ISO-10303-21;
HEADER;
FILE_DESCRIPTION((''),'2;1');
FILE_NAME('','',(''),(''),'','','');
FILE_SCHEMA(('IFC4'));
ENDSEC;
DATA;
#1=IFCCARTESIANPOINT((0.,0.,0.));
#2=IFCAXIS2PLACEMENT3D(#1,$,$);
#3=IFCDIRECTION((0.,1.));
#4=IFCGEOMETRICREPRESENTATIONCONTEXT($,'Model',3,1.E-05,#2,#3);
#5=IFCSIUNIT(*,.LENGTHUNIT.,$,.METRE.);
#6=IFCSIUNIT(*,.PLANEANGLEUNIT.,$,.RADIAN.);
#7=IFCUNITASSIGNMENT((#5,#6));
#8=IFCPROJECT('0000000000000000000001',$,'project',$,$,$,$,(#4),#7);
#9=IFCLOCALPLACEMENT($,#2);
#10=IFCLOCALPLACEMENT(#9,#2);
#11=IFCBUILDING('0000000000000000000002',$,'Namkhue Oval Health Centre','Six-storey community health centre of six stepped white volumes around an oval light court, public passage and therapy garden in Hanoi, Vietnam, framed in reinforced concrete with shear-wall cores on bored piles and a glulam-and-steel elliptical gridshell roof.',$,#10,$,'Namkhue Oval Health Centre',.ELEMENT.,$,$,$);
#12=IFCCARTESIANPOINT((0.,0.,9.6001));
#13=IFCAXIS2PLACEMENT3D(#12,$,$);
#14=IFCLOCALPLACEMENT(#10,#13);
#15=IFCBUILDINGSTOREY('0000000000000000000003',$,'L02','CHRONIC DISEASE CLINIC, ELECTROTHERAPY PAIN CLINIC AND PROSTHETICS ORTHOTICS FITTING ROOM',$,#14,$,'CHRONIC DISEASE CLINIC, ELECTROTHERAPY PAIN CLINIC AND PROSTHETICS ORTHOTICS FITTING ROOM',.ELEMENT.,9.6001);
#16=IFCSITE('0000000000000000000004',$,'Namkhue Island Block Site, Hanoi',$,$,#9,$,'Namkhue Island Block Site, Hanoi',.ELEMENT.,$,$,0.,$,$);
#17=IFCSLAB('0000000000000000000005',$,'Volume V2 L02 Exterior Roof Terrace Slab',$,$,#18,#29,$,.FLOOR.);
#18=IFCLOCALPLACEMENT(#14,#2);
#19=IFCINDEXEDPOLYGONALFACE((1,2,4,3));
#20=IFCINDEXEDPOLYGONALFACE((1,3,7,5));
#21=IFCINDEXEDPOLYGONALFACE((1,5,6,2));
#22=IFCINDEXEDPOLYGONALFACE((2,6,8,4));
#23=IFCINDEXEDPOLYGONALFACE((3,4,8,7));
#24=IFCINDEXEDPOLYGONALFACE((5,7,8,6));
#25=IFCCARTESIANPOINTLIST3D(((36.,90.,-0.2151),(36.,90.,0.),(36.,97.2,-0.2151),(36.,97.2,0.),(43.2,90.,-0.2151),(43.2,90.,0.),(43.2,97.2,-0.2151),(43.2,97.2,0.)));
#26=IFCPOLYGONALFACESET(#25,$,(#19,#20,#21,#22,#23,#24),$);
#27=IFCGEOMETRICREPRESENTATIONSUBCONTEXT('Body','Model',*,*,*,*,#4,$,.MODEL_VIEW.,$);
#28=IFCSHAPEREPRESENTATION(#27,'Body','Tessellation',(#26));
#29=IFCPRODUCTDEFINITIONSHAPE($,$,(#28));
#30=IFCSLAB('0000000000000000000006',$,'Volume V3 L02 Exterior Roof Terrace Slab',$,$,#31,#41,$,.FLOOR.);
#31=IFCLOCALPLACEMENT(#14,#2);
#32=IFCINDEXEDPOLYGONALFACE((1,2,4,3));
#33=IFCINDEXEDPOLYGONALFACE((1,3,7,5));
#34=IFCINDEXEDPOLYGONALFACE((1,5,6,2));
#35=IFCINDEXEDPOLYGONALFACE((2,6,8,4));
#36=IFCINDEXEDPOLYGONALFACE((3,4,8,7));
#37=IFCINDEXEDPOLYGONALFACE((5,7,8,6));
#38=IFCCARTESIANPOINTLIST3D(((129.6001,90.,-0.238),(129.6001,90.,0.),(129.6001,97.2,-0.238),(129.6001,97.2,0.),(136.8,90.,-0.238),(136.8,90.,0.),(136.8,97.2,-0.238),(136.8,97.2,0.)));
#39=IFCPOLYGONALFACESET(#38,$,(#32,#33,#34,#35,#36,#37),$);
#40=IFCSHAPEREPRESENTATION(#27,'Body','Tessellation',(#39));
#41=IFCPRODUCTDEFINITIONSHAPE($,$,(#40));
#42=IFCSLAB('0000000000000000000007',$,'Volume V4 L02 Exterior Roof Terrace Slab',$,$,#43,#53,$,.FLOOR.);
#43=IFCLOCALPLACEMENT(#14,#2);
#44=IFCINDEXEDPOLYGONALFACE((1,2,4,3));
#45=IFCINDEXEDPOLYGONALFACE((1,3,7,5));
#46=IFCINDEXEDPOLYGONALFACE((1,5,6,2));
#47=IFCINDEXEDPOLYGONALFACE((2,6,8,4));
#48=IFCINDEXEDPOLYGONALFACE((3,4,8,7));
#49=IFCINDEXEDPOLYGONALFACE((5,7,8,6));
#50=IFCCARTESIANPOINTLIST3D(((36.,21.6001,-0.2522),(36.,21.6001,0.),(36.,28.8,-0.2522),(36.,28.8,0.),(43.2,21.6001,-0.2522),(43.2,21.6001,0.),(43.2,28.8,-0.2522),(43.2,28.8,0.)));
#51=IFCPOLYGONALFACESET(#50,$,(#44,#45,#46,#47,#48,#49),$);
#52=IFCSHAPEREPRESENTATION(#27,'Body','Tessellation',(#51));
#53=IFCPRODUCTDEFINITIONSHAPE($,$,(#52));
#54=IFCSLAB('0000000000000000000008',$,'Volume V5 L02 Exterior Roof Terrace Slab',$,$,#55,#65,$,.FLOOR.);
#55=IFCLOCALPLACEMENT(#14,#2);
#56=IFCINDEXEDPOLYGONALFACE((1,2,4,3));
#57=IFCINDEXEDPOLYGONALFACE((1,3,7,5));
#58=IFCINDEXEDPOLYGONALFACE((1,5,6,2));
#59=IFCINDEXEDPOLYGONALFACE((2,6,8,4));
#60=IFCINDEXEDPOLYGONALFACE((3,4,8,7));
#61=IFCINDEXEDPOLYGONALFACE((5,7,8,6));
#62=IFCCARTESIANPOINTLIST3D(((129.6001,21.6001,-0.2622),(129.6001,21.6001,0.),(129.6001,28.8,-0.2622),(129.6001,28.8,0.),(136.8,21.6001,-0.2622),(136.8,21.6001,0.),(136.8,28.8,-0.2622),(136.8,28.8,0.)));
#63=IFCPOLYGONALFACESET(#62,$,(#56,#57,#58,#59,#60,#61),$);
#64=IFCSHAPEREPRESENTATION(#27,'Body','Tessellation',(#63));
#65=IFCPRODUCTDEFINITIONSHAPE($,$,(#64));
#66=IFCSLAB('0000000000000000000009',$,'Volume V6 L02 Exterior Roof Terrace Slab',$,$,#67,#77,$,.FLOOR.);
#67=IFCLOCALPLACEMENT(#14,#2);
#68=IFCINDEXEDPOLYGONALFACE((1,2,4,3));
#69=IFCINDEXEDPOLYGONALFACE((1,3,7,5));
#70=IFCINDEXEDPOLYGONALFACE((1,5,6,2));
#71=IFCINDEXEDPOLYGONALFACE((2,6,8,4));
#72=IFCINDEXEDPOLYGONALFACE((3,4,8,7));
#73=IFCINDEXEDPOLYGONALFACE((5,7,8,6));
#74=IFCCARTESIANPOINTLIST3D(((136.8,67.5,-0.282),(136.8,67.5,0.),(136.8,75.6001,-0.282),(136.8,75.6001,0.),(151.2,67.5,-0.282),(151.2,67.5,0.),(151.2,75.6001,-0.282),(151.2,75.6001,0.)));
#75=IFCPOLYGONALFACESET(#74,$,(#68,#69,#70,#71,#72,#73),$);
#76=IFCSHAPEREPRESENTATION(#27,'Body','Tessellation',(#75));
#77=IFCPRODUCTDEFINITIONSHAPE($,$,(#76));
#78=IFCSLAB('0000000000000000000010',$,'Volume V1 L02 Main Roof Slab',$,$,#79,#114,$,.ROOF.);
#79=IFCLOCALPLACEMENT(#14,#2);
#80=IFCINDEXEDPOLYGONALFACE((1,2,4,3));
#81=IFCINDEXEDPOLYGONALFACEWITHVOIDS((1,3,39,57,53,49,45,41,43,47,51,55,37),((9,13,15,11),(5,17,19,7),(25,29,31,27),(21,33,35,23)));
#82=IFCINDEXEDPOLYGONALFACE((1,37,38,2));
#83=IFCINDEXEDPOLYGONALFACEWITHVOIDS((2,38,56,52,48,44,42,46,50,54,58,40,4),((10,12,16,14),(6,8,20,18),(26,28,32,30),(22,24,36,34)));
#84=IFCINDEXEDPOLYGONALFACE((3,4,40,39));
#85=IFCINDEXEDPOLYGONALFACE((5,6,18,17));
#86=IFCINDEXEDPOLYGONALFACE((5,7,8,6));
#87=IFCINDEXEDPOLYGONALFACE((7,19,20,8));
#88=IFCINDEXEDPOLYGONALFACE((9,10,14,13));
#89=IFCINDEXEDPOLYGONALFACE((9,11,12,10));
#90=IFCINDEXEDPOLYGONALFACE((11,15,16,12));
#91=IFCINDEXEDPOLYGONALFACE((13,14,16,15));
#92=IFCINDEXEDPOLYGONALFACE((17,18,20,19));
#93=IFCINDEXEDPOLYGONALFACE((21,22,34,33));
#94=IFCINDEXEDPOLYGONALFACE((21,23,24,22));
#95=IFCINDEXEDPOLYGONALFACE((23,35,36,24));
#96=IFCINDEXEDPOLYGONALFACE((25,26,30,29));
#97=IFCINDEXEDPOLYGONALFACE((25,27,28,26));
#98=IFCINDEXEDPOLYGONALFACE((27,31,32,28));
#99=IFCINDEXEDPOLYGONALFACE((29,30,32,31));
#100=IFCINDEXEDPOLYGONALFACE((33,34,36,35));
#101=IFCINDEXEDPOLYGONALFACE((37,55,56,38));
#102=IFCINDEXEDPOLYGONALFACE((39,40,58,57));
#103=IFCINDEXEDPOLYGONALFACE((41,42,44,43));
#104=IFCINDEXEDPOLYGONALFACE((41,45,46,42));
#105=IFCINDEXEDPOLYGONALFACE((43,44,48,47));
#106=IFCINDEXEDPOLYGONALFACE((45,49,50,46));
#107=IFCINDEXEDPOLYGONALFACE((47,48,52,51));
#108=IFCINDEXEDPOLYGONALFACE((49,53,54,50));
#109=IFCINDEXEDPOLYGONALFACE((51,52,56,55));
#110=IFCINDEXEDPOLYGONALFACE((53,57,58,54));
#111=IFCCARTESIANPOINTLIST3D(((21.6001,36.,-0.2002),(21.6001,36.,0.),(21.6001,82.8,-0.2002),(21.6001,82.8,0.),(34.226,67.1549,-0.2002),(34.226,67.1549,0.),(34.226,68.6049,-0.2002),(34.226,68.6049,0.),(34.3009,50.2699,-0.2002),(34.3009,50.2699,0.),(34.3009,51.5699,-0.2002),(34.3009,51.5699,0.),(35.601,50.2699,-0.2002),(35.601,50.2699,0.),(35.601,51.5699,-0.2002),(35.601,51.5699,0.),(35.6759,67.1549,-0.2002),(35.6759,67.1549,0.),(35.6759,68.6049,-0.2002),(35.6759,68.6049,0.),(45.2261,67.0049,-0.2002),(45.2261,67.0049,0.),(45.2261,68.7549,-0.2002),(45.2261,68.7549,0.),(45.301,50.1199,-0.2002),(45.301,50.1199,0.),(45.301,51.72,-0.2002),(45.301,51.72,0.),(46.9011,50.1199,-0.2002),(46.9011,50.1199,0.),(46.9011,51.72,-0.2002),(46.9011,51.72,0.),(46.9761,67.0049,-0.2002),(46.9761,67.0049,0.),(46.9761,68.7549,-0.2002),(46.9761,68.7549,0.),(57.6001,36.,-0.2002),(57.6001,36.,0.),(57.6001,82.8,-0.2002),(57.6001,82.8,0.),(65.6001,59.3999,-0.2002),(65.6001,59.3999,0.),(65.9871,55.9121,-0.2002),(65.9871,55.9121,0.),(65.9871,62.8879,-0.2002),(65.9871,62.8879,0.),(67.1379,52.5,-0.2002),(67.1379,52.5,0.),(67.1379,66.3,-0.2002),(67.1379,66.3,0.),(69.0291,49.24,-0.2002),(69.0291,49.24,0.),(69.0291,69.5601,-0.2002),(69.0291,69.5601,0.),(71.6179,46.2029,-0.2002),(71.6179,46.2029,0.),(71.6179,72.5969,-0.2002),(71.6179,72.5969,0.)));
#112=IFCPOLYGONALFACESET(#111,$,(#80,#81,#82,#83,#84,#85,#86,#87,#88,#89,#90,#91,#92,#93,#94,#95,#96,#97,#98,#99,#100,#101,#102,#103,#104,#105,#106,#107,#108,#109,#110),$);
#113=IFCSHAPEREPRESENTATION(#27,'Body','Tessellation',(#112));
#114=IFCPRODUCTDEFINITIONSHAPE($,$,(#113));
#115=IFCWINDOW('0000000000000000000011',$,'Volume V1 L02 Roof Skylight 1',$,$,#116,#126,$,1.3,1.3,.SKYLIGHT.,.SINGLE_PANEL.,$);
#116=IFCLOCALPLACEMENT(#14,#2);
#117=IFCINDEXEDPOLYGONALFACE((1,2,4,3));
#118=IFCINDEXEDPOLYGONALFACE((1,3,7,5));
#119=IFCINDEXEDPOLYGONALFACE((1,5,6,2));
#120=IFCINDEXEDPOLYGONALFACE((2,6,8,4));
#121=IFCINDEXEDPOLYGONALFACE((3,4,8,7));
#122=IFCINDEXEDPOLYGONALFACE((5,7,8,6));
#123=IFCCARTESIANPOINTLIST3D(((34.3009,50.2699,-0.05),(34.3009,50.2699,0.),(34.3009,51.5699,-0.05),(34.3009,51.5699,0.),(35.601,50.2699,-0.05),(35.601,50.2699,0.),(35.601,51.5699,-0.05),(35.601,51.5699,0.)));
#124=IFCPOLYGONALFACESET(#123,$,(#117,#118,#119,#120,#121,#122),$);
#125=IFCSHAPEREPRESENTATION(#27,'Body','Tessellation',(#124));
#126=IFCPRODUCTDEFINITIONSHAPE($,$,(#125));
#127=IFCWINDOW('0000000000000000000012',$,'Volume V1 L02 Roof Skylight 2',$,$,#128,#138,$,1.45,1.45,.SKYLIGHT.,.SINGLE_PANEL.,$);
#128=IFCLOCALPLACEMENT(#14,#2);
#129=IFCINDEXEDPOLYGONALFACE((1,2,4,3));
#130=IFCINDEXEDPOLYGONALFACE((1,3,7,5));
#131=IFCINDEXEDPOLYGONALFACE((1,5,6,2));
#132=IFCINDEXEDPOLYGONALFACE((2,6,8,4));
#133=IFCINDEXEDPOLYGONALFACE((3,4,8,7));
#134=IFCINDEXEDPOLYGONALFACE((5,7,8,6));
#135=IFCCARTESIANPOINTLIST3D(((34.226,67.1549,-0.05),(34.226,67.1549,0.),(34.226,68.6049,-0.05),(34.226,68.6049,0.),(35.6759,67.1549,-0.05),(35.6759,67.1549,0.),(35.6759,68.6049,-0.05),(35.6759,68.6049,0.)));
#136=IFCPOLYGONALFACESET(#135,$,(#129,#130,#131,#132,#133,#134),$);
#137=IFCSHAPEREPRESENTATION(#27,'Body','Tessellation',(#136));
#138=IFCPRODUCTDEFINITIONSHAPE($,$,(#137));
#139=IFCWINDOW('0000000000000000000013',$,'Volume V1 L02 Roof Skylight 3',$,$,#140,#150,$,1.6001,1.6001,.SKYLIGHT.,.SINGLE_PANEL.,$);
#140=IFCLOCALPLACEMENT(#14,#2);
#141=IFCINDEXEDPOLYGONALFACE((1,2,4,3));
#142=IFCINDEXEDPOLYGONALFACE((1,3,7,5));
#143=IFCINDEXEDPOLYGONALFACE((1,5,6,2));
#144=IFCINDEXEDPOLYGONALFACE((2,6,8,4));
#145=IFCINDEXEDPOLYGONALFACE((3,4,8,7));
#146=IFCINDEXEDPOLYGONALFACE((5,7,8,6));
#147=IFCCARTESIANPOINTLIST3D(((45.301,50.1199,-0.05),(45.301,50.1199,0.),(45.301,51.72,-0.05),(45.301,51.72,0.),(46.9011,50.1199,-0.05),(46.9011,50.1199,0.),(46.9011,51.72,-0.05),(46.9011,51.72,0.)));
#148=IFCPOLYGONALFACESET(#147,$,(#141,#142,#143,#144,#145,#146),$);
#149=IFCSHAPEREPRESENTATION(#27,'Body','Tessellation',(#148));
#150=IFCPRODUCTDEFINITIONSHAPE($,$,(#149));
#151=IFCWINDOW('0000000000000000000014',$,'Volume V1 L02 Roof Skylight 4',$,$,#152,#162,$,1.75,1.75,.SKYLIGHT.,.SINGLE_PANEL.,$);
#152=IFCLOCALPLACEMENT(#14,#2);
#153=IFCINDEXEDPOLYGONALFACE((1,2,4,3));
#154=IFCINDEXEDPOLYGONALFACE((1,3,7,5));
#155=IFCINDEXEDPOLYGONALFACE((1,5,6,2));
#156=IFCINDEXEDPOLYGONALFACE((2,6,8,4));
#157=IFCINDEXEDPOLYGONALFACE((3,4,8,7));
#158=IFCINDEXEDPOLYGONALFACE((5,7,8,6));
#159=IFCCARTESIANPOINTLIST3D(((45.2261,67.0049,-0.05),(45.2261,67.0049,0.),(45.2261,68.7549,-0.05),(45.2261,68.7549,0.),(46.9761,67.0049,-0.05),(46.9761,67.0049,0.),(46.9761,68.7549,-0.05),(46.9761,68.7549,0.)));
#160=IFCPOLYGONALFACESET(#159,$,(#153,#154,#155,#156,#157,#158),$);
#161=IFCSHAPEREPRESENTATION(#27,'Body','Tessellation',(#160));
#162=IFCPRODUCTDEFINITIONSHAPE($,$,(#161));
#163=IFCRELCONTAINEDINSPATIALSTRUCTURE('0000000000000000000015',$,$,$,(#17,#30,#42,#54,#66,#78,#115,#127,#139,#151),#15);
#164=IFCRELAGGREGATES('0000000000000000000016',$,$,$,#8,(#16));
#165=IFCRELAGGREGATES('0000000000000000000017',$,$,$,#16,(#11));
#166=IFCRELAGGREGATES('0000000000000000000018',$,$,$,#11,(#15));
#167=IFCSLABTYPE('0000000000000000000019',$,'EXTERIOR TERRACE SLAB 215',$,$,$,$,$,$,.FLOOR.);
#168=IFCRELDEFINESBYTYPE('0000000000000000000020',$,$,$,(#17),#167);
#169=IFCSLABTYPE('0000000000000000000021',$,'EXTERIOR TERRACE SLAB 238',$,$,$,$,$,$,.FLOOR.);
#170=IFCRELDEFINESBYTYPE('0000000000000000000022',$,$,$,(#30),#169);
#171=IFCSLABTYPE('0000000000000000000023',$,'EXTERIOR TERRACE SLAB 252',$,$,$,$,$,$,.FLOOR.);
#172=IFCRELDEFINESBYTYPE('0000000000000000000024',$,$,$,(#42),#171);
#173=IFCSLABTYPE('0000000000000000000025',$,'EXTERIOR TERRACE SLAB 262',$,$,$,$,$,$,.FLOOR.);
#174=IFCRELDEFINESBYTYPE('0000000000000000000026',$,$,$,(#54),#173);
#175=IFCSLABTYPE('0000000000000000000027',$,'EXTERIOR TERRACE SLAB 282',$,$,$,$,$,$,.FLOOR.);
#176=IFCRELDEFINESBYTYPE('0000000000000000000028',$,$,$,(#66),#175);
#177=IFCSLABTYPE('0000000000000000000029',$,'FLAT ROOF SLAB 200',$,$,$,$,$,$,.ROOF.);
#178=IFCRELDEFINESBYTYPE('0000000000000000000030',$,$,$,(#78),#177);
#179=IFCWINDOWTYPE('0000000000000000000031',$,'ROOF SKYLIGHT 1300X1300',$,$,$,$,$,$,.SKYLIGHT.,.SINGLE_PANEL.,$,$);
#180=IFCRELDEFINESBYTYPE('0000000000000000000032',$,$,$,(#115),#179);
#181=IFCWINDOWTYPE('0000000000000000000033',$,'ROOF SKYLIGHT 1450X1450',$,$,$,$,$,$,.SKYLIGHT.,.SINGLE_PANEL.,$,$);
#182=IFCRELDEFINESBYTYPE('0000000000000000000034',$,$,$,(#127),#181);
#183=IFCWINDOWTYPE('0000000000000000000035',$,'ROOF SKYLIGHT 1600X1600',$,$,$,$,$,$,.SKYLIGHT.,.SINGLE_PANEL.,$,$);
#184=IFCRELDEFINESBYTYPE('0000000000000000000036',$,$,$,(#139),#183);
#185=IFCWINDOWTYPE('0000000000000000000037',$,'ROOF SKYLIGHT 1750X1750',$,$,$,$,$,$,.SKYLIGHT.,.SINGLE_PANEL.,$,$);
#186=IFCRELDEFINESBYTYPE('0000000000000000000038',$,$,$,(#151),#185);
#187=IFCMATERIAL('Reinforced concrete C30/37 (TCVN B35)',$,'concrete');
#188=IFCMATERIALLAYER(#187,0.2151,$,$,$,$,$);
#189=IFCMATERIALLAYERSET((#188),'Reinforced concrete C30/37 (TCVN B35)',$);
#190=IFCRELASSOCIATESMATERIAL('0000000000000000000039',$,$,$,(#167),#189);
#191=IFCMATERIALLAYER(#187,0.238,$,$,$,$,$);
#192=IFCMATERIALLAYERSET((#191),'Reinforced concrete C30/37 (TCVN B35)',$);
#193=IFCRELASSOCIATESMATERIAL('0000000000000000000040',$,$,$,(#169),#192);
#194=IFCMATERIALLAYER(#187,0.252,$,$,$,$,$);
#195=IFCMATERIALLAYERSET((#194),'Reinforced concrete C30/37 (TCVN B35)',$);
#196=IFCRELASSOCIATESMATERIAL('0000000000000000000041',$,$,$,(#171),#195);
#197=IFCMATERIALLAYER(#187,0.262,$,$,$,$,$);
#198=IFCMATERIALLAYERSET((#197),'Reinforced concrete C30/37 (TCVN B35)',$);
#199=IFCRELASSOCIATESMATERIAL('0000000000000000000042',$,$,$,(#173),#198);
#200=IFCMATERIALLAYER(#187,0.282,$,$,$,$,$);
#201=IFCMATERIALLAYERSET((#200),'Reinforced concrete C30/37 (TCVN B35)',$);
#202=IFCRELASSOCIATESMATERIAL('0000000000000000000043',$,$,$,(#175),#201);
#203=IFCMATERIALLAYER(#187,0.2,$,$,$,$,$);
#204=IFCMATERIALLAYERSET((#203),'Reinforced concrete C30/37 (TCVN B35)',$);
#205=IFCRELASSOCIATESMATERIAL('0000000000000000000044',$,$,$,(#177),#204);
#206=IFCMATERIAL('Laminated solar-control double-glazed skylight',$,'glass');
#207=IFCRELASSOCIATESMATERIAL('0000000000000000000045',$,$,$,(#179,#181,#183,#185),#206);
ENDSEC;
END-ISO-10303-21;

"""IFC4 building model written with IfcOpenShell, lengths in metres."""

from ifc_helpers import new_model, si_unit, direction, frame, origin, origin_2d, place, context, subcontext, project, spatial, polyline, rectangle, outline, extrude, material, layer, layer_set, type_object, element, fill, save


model = new_model("IFC4")

# Units and contexts
model_context = context("Model", 3, precision=1e-05, world=origin(), true_north=direction((0.0, 1.0)))
body_context = subcontext(model_context, "Body", "Model", "MODEL_VIEW")
ifc_project = project(units=[si_unit("LENGTHUNIT", "METRE"), si_unit("PLANEANGLEUNIT", "RADIAN")], contexts=[model_context])

# Site, building, storey
site_placement = place(None, origin())
site = spatial("IfcSite", under=ifc_project, at=site_placement, Name="Namkhue Island Block Site, Hanoi", LongName="Namkhue Island Block Site, Hanoi", CompositionType="ELEMENT", RefElevation=0.0)
building_placement = place(site_placement, origin())
building = spatial("IfcBuilding", under=site, at=building_placement, Name="Namkhue Oval Health Centre", Description="Six-storey community health centre of six stepped white volumes around an oval light court, public passage and therapy garden in Hanoi, Vietnam, framed in reinforced concrete with shear-wall cores on bored piles and a glulam-and-steel elliptical gridshell roof.", LongName="Namkhue Oval Health Centre", CompositionType="ELEMENT")
storey_placement = place(building_placement, frame((0.0, 0.0, 9.6001)))
storey = spatial("IfcBuildingStorey", under=building, at=storey_placement, Name="L02", Description="CHRONIC DISEASE CLINIC, ELECTROTHERAPY PAIN CLINIC AND PROSTHETICS ORTHOTICS FITTING ROOM", LongName="CHRONIC DISEASE CLINIC, ELECTROTHERAPY PAIN CLINIC AND PROSTHETICS ORTHOTICS FITTING ROOM", CompositionType="ELEMENT", Elevation=9.6001)

# Slabs
ifc_material_1 = material(Name="Reinforced concrete C30/37 (TCVN B35)", Category="concrete")
ifc_layer_1 = layer(ifc_material_1, 0.2151)
ifc_layer_set_1 = layer_set([ifc_layer_1], Name="Reinforced concrete C30/37 (TCVN B35)")
slab_type_1 = type_object("IfcSlabType", Name="EXTERIOR TERRACE SLAB 215", PredefinedType="FLOOR", material=ifc_layer_set_1)
slab_1_placement = place(storey_placement, frame((0.0, 0.0, -0.2151)))
element("IfcSlab", 1, at=slab_1_placement, inside=storey, type_object=slab_type_1, Name="Volume V2 L02 Exterior Roof Terrace Slab", PredefinedType="FLOOR", context=body_context, shape_type="SweptSolid", body=[
    extrude(outline(polyline([(36.0, 90.0), (43.2, 90.0), (43.2, 97.2), (36.0, 97.2), (36.0, 90.0)])), origin(), (0.0, 0.0, 1.0), 0.2151),
])
ifc_layer_2 = layer(ifc_material_1, 0.238)
ifc_layer_set_2 = layer_set([ifc_layer_2], Name="Reinforced concrete C30/37 (TCVN B35)")
slab_type_2 = type_object("IfcSlabType", Name="EXTERIOR TERRACE SLAB 238", PredefinedType="FLOOR", material=ifc_layer_set_2)
slab_2_placement = place(storey_placement, frame((0.0, 0.0, -0.238)))
element("IfcSlab", 2, at=slab_2_placement, inside=storey, type_object=slab_type_2, Name="Volume V3 L02 Exterior Roof Terrace Slab", PredefinedType="FLOOR", context=body_context, shape_type="SweptSolid", body=[
    extrude(outline(polyline([(129.6001, 90.0), (136.8, 90.0), (136.8, 97.2), (129.6001, 97.2), (129.6001, 90.0)])), origin(), (0.0, 0.0, 1.0), 0.238),
])
ifc_layer_3 = layer(ifc_material_1, 0.252)
ifc_layer_set_3 = layer_set([ifc_layer_3], Name="Reinforced concrete C30/37 (TCVN B35)")
slab_type_3 = type_object("IfcSlabType", Name="EXTERIOR TERRACE SLAB 252", PredefinedType="FLOOR", material=ifc_layer_set_3)
slab_3_placement = place(storey_placement, frame((0.0, 0.0, -0.2522)))
element("IfcSlab", 3, at=slab_3_placement, inside=storey, type_object=slab_type_3, Name="Volume V4 L02 Exterior Roof Terrace Slab", PredefinedType="FLOOR", context=body_context, shape_type="SweptSolid", body=[
    extrude(outline(polyline([(36.0, 21.6001), (43.2, 21.6001), (43.2, 28.8), (36.0, 28.8), (36.0, 21.6001)])), origin(), (0.0, 0.0, 1.0), 0.2522),
])
ifc_layer_4 = layer(ifc_material_1, 0.262)
ifc_layer_set_4 = layer_set([ifc_layer_4], Name="Reinforced concrete C30/37 (TCVN B35)")
slab_type_4 = type_object("IfcSlabType", Name="EXTERIOR TERRACE SLAB 262", PredefinedType="FLOOR", material=ifc_layer_set_4)
slab_4_placement = place(storey_placement, frame((0.0, 0.0, -0.2622)))
element("IfcSlab", 4, at=slab_4_placement, inside=storey, type_object=slab_type_4, Name="Volume V5 L02 Exterior Roof Terrace Slab", PredefinedType="FLOOR", context=body_context, shape_type="SweptSolid", body=[
    extrude(outline(polyline([(129.6001, 21.6001), (136.8, 21.6001), (136.8, 28.8), (129.6001, 28.8), (129.6001, 21.6001)])), origin(), (0.0, 0.0, 1.0), 0.2622),
])
ifc_layer_5 = layer(ifc_material_1, 0.282)
ifc_layer_set_5 = layer_set([ifc_layer_5], Name="Reinforced concrete C30/37 (TCVN B35)")
slab_type_5 = type_object("IfcSlabType", Name="EXTERIOR TERRACE SLAB 282", PredefinedType="FLOOR", material=ifc_layer_set_5)
slab_5_placement = place(storey_placement, frame((0.0, 0.0, -0.282)))
element("IfcSlab", 5, at=slab_5_placement, inside=storey, type_object=slab_type_5, Name="Volume V6 L02 Exterior Roof Terrace Slab", PredefinedType="FLOOR", context=body_context, shape_type="SweptSolid", body=[
    extrude(outline(polyline([(136.8, 67.5), (151.2, 67.5), (151.2, 75.6001), (136.8, 75.6001), (136.8, 67.5)])), origin(), (0.0, 0.0, 1.0), 0.282),
])

# Slab, openings, windows
ifc_layer_6 = layer(ifc_material_1, 0.2)
ifc_layer_set_6 = layer_set([ifc_layer_6], Name="Reinforced concrete C30/37 (TCVN B35)")
slab_type_6 = type_object("IfcSlabType", Name="FLAT ROOF SLAB 200", PredefinedType="ROOF", material=ifc_layer_set_6)
slab_6_placement = place(storey_placement, frame((0.0, 0.0, -0.2002)))
slab_6 = element("IfcSlab", 6, at=slab_6_placement, inside=storey, type_object=slab_type_6, Name="Volume V1 L02 Main Roof Slab", PredefinedType="ROOF", context=body_context, shape_type="SweptSolid", body=[
    extrude(outline(polyline([(21.6001, 36.0), (57.6001, 36.0), (71.6179, 46.2029), (69.0291, 49.24), (67.1379, 52.5), (65.9871, 55.9121), (65.6001, 59.3999), (65.9871, 62.8879), (67.1379, 66.3), (69.0291, 69.5601), (71.6179, 72.5969), (57.6001, 82.8), (21.6001, 82.8), (21.6001, 36.0)])), origin(), (0.0, 0.0, 1.0), 0.2002),
])
opening_1_placement = place(slab_6_placement, frame((34.9509, 50.9199, 0.0)))
opening_1 = element("IfcOpeningElement", 7, at=opening_1_placement, cuts=slab_6, PredefinedType="OPENING", context=body_context, shape_type="SweptSolid", body=[
    extrude(rectangle(XDim=1.3, YDim=1.3, at=origin_2d()), frame((0.0, 0.0, -0.01)), (0.0, 0.0, 1.0), 0.2202),
])
opening_2_placement = place(slab_6_placement, frame((34.9509, 67.8799, 0.0)))
opening_2 = element("IfcOpeningElement", 8, at=opening_2_placement, cuts=slab_6, PredefinedType="OPENING", context=body_context, shape_type="SweptSolid", body=[
    extrude(rectangle(XDim=1.45, YDim=1.45, at=origin_2d()), frame((0.0, 0.0, -0.01)), (0.0, 0.0, 1.0), 0.2202),
])
opening_3_placement = place(slab_6_placement, frame((46.1011, 50.9199, 0.0)))
opening_3 = element("IfcOpeningElement", 9, at=opening_3_placement, cuts=slab_6, PredefinedType="OPENING", context=body_context, shape_type="SweptSolid", body=[
    extrude(rectangle(XDim=1.6001, YDim=1.6001, at=origin_2d()), frame((0.0, 0.0, -0.01)), (0.0, 0.0, 1.0), 0.2202),
])
opening_4_placement = place(slab_6_placement, frame((46.1011, 67.8799, 0.0)))
opening_4 = element("IfcOpeningElement", 10, at=opening_4_placement, cuts=slab_6, PredefinedType="OPENING", context=body_context, shape_type="SweptSolid", body=[
    extrude(rectangle(XDim=1.75, YDim=1.75, at=origin_2d()), frame((0.0, 0.0, -0.01)), (0.0, 0.0, 1.0), 0.2202),
])
ifc_material_2 = material(Name="Laminated solar-control double-glazed skylight", Category="glass")
window_type_1 = type_object("IfcWindowType", Name="ROOF SKYLIGHT 1300X1300", PartitioningType="SINGLE_PANEL", PredefinedType="SKYLIGHT", material=ifc_material_2)
window_1_placement = place(opening_1_placement, frame((0.0, 0.0, 0.1501)))
window_1 = element("IfcWindow", 11, at=window_1_placement, inside=storey, type_object=window_type_1, Name="Volume V1 L02 Roof Skylight 1", OverallHeight=1.3, OverallWidth=1.3, PartitioningType="SINGLE_PANEL", PredefinedType="SKYLIGHT", context=body_context, shape_type="SweptSolid", body=[
    extrude(rectangle(XDim=1.3, YDim=1.3, at=origin_2d()), origin(), (0.0, 0.0, 1.0), 0.05),
])
fill(opening_1, window_1)
window_type_2 = type_object("IfcWindowType", Name="ROOF SKYLIGHT 1450X1450", PartitioningType="SINGLE_PANEL", PredefinedType="SKYLIGHT", material=ifc_material_2)
window_2_placement = place(opening_2_placement, frame((0.0, 0.0, 0.1501)))
window_2 = element("IfcWindow", 12, at=window_2_placement, inside=storey, type_object=window_type_2, Name="Volume V1 L02 Roof Skylight 2", OverallHeight=1.45, OverallWidth=1.45, PartitioningType="SINGLE_PANEL", PredefinedType="SKYLIGHT", context=body_context, shape_type="SweptSolid", body=[
    extrude(rectangle(XDim=1.45, YDim=1.45, at=origin_2d()), origin(), (0.0, 0.0, 1.0), 0.05),
])
fill(opening_2, window_2)
window_type_3 = type_object("IfcWindowType", Name="ROOF SKYLIGHT 1600X1600", PartitioningType="SINGLE_PANEL", PredefinedType="SKYLIGHT", material=ifc_material_2)
window_3_placement = place(opening_3_placement, frame((0.0, 0.0, 0.1501)))
window_3 = element("IfcWindow", 13, at=window_3_placement, inside=storey, type_object=window_type_3, Name="Volume V1 L02 Roof Skylight 3", OverallHeight=1.6001, OverallWidth=1.6001, PartitioningType="SINGLE_PANEL", PredefinedType="SKYLIGHT", context=body_context, shape_type="SweptSolid", body=[
    extrude(rectangle(XDim=1.6001, YDim=1.6001, at=origin_2d()), origin(), (0.0, 0.0, 1.0), 0.05),
])
fill(opening_3, window_3)
window_type_4 = type_object("IfcWindowType", Name="ROOF SKYLIGHT 1750X1750", PartitioningType="SINGLE_PANEL", PredefinedType="SKYLIGHT", material=ifc_material_2)
window_4_placement = place(opening_4_placement, frame((0.0, 0.0, 0.1501)))
window_4 = element("IfcWindow", 14, at=window_4_placement, inside=storey, type_object=window_type_4, Name="Volume V1 L02 Roof Skylight 4", OverallHeight=1.75, OverallWidth=1.75, PartitioningType="SINGLE_PANEL", PredefinedType="SKYLIGHT", context=body_context, shape_type="SweptSolid", body=[
    extrude(rectangle(XDim=1.75, YDim=1.75, at=origin_2d()), origin(), (0.0, 0.0, 1.0), 0.05),
])
fill(opening_4, window_4)

save(model, "model.ifc")
